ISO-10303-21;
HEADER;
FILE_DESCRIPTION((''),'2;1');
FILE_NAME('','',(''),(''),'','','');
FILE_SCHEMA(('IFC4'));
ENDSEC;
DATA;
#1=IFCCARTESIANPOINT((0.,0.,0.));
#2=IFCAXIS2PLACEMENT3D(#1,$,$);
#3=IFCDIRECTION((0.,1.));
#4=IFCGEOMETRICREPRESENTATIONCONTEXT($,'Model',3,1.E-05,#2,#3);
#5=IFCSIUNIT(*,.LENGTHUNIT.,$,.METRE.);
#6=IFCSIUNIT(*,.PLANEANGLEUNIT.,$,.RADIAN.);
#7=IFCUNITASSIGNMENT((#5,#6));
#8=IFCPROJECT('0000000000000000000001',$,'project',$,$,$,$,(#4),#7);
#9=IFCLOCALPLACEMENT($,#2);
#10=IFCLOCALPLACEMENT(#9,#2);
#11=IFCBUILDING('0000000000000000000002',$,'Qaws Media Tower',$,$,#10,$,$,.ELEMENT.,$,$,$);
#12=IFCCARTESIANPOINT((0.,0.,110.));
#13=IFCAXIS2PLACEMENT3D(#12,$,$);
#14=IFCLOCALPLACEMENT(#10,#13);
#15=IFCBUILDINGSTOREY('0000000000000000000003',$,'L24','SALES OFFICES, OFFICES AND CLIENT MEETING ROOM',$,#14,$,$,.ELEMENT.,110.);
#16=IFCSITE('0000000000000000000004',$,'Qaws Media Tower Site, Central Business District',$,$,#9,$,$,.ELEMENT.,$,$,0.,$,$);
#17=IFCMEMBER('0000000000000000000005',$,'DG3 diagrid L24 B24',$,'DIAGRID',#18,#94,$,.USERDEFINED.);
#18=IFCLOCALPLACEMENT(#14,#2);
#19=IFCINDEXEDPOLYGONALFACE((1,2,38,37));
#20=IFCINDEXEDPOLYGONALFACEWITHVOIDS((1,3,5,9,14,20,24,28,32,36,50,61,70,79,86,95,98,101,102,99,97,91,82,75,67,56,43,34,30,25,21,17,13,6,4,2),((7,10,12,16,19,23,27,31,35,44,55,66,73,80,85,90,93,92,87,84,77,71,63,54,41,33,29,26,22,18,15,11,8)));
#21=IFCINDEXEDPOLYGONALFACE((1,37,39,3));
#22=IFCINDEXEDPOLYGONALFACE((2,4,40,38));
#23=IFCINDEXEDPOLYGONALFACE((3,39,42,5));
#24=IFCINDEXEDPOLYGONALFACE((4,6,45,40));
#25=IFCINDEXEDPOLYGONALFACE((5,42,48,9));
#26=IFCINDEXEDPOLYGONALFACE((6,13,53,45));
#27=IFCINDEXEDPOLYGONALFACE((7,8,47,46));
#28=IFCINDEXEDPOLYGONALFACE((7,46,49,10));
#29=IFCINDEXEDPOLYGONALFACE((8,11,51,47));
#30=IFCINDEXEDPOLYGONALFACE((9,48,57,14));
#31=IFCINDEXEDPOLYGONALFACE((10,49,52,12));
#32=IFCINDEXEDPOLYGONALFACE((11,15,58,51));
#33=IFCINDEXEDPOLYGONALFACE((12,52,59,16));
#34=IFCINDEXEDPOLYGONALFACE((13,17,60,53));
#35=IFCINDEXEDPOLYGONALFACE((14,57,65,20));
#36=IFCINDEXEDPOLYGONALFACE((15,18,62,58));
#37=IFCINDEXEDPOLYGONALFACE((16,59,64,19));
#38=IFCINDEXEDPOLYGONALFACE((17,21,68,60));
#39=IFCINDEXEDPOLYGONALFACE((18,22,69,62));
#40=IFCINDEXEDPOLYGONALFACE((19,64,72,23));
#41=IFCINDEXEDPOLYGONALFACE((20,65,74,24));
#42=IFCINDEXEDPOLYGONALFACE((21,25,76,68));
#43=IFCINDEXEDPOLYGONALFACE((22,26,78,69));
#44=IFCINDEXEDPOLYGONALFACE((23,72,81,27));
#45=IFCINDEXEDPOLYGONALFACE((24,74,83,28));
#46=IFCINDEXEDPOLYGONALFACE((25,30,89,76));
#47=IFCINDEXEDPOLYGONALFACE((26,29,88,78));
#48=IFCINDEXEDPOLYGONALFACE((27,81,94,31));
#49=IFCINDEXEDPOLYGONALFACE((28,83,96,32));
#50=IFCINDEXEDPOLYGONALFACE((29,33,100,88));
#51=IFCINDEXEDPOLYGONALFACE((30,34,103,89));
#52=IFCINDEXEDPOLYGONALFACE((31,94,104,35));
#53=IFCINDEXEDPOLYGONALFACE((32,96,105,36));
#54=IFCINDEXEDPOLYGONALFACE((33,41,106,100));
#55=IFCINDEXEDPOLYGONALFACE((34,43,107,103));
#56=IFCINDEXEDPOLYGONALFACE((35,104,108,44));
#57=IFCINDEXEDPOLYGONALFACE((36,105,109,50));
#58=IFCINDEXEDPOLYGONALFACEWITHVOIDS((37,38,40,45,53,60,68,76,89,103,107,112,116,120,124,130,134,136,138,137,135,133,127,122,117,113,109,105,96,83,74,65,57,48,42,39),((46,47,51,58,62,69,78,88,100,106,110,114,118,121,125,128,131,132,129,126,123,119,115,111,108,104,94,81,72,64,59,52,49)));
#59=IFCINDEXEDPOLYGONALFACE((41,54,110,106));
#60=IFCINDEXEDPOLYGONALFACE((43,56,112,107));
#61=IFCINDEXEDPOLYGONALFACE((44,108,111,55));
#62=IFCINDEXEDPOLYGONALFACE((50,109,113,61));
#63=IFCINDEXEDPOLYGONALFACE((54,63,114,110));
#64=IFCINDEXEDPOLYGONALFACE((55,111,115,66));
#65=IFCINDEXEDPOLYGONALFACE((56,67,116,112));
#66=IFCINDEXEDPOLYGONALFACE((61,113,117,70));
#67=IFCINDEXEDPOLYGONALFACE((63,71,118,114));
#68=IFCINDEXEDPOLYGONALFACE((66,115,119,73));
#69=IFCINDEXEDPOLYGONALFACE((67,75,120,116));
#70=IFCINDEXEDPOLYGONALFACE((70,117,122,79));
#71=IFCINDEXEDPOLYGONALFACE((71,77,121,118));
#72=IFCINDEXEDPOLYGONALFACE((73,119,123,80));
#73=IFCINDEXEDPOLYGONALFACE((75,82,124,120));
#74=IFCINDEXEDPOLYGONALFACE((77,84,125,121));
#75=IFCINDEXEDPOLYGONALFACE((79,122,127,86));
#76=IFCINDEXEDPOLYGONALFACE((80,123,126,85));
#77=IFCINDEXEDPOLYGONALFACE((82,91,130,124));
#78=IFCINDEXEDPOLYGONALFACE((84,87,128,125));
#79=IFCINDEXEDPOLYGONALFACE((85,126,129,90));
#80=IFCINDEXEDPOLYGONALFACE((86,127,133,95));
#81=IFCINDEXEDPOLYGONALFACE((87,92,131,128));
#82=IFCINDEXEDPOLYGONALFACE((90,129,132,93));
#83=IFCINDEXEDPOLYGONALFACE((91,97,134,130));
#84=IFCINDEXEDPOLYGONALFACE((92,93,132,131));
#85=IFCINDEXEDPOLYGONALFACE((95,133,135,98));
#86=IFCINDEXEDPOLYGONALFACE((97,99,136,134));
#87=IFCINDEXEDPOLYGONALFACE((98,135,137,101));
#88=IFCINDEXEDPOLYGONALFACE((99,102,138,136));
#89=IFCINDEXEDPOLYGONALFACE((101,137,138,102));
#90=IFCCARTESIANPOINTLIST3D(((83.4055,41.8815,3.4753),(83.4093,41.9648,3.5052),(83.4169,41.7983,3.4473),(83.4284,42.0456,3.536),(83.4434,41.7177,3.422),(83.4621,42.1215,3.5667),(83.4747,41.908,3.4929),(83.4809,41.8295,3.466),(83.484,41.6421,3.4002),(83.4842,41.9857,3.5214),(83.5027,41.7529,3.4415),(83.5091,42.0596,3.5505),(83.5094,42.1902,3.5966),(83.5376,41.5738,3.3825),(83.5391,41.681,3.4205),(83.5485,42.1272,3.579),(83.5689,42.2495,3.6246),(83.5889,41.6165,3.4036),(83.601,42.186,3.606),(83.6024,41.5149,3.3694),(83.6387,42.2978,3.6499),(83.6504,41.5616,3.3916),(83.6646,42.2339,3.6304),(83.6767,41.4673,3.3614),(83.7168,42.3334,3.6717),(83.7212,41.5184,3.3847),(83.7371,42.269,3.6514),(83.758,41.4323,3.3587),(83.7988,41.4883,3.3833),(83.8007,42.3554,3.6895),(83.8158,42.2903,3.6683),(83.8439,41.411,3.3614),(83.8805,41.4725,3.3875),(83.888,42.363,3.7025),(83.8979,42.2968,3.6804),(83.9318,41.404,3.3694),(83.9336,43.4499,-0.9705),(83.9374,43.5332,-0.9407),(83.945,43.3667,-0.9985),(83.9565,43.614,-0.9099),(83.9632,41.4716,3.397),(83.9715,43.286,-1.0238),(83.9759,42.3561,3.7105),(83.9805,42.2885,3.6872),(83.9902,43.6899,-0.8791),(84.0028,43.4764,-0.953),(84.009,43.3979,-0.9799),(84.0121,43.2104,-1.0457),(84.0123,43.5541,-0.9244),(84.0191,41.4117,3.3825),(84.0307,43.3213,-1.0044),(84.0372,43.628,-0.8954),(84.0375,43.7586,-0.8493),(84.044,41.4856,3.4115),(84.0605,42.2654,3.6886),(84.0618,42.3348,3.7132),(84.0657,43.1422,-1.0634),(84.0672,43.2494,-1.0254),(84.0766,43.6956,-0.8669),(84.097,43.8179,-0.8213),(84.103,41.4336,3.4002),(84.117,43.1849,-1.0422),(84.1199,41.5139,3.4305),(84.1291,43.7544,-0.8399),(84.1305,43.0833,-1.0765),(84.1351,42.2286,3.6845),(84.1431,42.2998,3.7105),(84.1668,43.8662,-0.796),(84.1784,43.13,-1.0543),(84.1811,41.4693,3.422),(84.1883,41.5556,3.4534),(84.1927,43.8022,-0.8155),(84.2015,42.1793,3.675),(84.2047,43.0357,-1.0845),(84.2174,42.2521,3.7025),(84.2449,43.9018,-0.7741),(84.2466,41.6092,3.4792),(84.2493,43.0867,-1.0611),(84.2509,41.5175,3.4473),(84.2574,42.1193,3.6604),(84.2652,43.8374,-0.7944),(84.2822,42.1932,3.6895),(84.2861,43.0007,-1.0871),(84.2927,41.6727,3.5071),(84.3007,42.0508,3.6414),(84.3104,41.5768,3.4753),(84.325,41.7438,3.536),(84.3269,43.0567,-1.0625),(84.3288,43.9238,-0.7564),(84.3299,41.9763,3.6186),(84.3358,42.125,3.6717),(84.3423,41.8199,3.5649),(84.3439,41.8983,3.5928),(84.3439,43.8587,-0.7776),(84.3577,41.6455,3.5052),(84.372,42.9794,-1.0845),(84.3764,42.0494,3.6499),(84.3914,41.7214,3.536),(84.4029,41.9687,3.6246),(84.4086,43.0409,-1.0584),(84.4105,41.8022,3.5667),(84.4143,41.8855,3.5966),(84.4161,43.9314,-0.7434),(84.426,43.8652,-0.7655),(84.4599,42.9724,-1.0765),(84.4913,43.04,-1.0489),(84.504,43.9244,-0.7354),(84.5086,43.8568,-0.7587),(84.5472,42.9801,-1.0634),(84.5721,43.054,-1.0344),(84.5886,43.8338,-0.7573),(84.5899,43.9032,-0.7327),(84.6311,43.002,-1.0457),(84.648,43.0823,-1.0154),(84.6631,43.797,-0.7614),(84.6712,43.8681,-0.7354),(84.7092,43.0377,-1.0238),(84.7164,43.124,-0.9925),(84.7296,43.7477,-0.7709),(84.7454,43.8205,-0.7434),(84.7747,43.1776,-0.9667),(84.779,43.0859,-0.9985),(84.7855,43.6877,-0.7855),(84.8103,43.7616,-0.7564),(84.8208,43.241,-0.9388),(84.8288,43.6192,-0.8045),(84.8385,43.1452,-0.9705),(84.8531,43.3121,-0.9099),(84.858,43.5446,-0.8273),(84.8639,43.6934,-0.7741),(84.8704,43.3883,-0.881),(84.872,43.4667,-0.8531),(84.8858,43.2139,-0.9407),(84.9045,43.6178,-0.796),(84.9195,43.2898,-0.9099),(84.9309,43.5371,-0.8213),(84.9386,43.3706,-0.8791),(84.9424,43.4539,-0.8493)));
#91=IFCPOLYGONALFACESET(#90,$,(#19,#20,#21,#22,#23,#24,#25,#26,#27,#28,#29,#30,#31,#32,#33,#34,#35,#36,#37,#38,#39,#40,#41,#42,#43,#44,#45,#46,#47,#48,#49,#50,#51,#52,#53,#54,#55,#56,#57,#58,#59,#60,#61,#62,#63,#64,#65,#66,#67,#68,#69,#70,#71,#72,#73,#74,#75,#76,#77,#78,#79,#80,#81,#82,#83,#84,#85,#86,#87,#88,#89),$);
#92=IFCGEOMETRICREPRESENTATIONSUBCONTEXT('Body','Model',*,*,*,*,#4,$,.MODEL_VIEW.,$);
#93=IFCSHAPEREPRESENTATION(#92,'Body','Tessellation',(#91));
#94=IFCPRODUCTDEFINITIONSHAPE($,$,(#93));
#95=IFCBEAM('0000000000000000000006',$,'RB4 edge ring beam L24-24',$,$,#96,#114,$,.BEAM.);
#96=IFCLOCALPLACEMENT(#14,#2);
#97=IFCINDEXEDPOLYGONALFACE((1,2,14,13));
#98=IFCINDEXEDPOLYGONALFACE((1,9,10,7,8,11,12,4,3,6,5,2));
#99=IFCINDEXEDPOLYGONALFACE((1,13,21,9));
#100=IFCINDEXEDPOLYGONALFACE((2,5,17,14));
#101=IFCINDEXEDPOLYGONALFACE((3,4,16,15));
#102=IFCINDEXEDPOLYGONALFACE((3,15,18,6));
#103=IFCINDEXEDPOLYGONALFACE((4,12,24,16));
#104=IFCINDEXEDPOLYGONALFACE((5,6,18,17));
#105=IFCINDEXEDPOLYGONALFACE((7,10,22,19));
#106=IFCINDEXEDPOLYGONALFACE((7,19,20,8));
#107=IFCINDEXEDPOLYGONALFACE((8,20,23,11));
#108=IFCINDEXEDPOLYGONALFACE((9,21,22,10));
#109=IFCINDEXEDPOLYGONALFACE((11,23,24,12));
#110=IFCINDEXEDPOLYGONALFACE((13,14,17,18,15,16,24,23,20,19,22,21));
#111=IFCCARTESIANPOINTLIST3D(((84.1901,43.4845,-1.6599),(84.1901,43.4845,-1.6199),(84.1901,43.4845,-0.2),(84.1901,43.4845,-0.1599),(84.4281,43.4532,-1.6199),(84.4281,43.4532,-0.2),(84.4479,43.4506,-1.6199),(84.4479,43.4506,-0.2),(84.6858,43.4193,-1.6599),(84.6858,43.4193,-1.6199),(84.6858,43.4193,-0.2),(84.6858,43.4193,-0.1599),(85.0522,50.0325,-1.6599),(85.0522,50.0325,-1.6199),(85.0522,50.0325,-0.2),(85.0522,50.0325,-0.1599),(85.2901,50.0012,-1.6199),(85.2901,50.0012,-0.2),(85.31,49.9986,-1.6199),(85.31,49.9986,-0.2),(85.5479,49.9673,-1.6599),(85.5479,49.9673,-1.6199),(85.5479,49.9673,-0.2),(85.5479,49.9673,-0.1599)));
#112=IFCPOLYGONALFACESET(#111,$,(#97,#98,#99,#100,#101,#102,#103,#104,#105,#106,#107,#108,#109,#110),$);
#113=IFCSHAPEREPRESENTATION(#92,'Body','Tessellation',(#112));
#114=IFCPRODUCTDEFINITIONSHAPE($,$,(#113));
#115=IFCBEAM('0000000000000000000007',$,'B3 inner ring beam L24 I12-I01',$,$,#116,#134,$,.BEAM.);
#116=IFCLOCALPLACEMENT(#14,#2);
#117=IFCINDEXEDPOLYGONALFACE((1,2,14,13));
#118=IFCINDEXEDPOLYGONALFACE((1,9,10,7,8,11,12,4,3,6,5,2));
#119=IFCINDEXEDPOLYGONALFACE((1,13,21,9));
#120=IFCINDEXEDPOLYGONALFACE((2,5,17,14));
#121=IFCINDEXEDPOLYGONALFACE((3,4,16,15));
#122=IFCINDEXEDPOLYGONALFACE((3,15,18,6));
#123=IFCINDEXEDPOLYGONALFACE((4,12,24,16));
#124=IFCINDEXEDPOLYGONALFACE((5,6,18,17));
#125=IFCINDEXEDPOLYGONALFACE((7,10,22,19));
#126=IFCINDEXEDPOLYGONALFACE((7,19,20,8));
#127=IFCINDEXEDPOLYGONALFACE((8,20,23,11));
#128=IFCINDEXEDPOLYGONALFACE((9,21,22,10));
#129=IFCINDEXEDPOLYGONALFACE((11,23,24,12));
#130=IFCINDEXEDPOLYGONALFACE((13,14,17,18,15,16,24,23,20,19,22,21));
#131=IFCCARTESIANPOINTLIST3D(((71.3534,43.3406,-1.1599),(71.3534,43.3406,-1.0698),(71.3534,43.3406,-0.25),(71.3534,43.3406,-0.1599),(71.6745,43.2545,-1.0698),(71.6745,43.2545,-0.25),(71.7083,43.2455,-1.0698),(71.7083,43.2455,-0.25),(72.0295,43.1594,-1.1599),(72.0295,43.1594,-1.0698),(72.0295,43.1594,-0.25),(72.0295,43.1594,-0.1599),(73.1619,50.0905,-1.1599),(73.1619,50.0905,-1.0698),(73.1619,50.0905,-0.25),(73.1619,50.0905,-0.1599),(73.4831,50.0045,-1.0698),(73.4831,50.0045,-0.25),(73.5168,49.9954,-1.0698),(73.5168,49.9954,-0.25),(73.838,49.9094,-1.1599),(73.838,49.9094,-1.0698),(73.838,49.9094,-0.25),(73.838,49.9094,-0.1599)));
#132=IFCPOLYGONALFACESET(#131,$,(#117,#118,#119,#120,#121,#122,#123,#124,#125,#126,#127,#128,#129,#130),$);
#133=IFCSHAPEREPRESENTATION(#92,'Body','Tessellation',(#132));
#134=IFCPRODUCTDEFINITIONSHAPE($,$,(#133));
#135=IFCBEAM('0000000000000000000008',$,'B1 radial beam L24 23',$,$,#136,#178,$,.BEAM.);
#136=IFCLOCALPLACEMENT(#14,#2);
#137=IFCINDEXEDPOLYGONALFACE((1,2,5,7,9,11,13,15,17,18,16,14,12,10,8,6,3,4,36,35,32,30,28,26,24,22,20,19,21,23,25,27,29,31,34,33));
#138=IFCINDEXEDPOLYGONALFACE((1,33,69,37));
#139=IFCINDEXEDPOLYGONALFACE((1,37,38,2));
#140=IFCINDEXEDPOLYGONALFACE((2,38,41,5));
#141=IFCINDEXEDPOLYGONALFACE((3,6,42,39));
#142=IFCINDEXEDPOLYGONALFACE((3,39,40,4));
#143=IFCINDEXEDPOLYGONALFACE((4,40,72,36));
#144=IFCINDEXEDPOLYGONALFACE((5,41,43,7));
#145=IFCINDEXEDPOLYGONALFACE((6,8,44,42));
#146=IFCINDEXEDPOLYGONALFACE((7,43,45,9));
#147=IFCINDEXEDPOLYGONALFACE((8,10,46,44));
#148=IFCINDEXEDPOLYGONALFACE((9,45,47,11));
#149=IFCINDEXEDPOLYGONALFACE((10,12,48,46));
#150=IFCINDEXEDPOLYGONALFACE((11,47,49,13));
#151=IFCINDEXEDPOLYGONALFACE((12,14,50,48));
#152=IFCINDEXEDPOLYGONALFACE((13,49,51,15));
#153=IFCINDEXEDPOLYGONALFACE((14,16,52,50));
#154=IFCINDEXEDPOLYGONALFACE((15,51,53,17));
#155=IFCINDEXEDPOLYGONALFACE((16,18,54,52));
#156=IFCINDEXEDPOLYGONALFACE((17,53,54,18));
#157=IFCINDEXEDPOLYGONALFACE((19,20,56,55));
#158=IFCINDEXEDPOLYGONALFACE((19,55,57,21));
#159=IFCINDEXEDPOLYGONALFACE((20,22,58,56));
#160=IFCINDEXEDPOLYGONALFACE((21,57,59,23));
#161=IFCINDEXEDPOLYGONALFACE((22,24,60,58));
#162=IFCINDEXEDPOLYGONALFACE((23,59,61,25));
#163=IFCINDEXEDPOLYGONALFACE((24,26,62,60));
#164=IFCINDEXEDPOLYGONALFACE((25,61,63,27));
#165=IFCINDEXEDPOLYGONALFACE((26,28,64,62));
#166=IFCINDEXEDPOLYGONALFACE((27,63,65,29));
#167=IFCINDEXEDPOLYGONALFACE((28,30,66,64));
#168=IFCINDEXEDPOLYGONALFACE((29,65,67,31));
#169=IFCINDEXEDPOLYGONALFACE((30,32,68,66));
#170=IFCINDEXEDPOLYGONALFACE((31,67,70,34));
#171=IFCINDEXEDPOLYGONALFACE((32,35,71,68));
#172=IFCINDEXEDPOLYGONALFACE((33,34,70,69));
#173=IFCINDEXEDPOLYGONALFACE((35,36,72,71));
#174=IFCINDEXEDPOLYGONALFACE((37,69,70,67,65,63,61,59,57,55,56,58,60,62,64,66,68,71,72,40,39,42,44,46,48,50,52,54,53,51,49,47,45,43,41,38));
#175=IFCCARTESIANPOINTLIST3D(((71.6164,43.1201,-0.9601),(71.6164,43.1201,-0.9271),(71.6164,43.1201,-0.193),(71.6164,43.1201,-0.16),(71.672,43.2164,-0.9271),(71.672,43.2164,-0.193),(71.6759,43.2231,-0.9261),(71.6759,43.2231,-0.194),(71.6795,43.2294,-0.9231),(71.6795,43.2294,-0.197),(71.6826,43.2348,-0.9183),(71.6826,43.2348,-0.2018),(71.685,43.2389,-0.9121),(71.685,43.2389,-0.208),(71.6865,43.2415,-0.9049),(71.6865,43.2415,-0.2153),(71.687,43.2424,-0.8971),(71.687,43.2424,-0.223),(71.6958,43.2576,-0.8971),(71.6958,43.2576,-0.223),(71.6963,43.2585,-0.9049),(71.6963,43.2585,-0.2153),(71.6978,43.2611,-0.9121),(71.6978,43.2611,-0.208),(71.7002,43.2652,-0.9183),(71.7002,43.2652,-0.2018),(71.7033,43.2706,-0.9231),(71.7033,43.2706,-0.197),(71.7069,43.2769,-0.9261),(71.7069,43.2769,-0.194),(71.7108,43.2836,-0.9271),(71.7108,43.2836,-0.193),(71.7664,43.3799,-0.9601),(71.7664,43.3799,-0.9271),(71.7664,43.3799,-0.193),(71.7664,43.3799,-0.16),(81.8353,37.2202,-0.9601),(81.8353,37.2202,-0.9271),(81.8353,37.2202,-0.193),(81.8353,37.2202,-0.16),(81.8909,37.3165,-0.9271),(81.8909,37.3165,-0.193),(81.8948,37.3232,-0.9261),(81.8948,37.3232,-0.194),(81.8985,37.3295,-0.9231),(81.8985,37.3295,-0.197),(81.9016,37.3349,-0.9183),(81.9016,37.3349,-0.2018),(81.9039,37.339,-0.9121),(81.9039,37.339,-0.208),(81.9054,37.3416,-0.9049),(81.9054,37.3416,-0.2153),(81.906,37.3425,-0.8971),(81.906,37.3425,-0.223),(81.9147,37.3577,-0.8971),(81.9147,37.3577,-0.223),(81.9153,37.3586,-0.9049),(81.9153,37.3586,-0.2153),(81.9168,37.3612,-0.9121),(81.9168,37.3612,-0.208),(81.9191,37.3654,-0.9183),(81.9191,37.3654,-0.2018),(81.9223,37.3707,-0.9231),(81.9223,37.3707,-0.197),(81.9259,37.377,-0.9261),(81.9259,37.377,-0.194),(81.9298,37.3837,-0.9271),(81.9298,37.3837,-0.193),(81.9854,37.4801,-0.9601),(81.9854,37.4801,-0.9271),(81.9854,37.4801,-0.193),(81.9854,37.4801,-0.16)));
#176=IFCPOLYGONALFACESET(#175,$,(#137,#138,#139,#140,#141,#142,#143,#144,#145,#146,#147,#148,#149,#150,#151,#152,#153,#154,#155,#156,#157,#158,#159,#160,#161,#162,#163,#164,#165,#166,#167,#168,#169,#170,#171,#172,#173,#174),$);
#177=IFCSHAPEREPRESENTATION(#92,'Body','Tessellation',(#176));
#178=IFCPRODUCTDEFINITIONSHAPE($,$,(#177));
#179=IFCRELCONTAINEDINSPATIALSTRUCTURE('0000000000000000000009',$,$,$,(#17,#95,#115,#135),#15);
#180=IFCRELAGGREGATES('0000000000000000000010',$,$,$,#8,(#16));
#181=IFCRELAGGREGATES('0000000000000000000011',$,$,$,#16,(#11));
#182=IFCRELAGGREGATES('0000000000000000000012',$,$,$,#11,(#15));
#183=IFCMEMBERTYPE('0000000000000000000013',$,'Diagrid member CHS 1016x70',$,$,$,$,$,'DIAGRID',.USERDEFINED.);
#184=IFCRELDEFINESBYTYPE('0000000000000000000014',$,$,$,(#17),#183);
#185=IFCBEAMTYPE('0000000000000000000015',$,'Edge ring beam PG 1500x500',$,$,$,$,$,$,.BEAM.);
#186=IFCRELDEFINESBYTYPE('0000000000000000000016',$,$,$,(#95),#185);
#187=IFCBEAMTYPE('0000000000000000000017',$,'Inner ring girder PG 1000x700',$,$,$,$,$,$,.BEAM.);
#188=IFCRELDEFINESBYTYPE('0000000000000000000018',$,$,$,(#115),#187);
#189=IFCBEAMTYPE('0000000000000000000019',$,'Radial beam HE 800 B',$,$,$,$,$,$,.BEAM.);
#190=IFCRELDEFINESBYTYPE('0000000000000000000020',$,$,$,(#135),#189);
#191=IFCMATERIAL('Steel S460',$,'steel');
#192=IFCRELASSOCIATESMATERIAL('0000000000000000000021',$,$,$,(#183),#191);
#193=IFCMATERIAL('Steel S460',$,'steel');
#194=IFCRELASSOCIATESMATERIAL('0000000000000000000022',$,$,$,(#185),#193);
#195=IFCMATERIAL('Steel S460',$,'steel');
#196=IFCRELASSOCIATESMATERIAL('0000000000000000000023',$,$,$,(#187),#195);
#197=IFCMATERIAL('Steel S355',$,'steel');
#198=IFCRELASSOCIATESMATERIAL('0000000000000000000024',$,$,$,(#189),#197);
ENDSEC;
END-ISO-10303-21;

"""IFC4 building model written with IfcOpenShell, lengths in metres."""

from ifc_helpers import new_model, si_unit, direction, frame, origin, origin_2d, place, context, subcontext, project, spatial, hollow_circle, i_section, extrude, material, material_profile, profile_set, type_object, element, save


model = new_model("IFC4")

# Units and contexts
model_context = context("Model", 3, precision=1e-05, world=origin(), true_north=direction((0.0, 1.0)))
body_context = subcontext(model_context, "Body", "Model", "MODEL_VIEW")
ifc_project = project(units=[si_unit("LENGTHUNIT", "METRE"), si_unit("PLANEANGLEUNIT", "RADIAN")], contexts=[model_context])

# Site, building, storey
site_placement = place(None, origin())
site = spatial("IfcSite", under=ifc_project, at=site_placement, Name="Qaws Media Tower Site, Central Business District", CompositionType="ELEMENT", RefElevation=0.0)
building_placement = place(site_placement, origin())
building = spatial("IfcBuilding", under=site, at=building_placement, Name="Qaws Media Tower", CompositionType="ELEMENT")
storey_placement = place(building_placement, frame((0.0, 0.0, 110.0)))
storey = spatial("IfcBuildingStorey", under=building, at=storey_placement, Name="L24", Description="SALES OFFICES, OFFICES AND CLIENT MEETING ROOM", CompositionType="ELEMENT", Elevation=110.0)

# Member
ifc_material_1 = material(Name="Steel S460", Category="steel")
ifc_material_profile_1 = material_profile(ifc_material_1, hollow_circle(Radius=0.5081, WallThickness=0.0701, at=origin_2d()), Name="CHS 1016x70")
ifc_profile_set_1 = profile_set([ifc_material_profile_1], Name="Steel S460")
member_type_1 = type_object("IfcMemberType", Name="Diagrid member CHS 1016x70", ElementType="DIAGRID", PredefinedType="USERDEFINED", material=ifc_profile_set_1)
member_1_placement = place(storey_placement, frame((84.438, 43.4519, -0.9099), z_axis=(-0.111319, -0.330612, 0.937179), x_axis=(0.94772, -0.319103, 0.0)))
element("IfcMember", 1, at=member_1_placement, inside=storey, type_object=member_type_1, Name="DG3 diagrid L24 B24", ObjectType="DIAGRID", PredefinedType="USERDEFINED", context=body_context, shape_type="SweptSolid", body=[
    extrude(hollow_circle(Radius=0.5081, WallThickness=0.0701, at=origin_2d()), origin(), (0.0, 0.0, 1.0), 4.7439),
])

# Beams
ifc_material_2 = material(Name="Steel S460", Category="steel")
ifc_material_profile_2 = material_profile(ifc_material_2, i_section(OverallWidth=0.5, OverallDepth=1.5, WebThickness=0.02, FlangeThickness=0.04, at=origin_2d()), Name="PG 1500x500")
ifc_profile_set_2 = profile_set([ifc_material_profile_2], Name="Steel S460")
beam_type_1 = type_object("IfcBeamType", Name="Edge ring beam PG 1500x500", PredefinedType="BEAM", material=ifc_profile_set_2)
beam_1_placement = place(storey_placement, frame((84.438, 43.4519, -0.9099), z_axis=(0.130524, 0.991445, 0.0), x_axis=(-0.991445, 0.130524, 0.0)))
element("IfcBeam", 2, at=beam_1_placement, inside=storey, type_object=beam_type_1, Name="RB4 edge ring beam L24-24", PredefinedType="BEAM", context=body_context, shape_type="SweptSolid", body=[
    extrude(i_section(OverallWidth=0.5, OverallDepth=1.5, WebThickness=0.02, FlangeThickness=0.04, at=origin_2d()), origin(), (0.0, 0.0, 1.0), 6.6045),
])
ifc_material_3 = material(Name="Steel S460", Category="steel")
ifc_material_profile_3 = material_profile(ifc_material_3, i_section(OverallWidth=0.7, OverallDepth=1.0, WebThickness=0.0349, FlangeThickness=0.0901, at=origin_2d()), Name="PG 1000x700")
ifc_profile_set_3 = profile_set([ifc_material_profile_3], Name="Steel S460")
beam_type_2 = type_object("IfcBeamType", Name="Inner ring girder PG 1000x700", PredefinedType="BEAM", material=ifc_profile_set_3)
beam_2_placement = place(storey_placement, frame((71.6914, 43.25, -0.6599), z_axis=(0.258811, 0.965928, 0.0), x_axis=(-0.965928, 0.258811, 0.0)))
element("IfcBeam", 3, at=beam_2_placement, inside=storey, type_object=beam_type_2, Name="B3 inner ring beam L24 I12-I01", PredefinedType="BEAM", context=body_context, shape_type="SweptSolid", body=[
    extrude(i_section(OverallWidth=0.7, OverallDepth=1.0, WebThickness=0.0349, FlangeThickness=0.0901, at=origin_2d()), origin(), (0.0, 0.0, 1.0), 6.988),
])
ifc_material_4 = material(Name="Steel S355", Category="steel")
ifc_material_profile_4 = material_profile(ifc_material_4, i_section(OverallWidth=0.3, OverallDepth=0.8, WebThickness=0.0176, FlangeThickness=0.033, FilletRadius=0.03, at=origin_2d()), Name="HE 800 B")
ifc_profile_set_4 = profile_set([ifc_material_profile_4], Name="Steel S355")
beam_type_3 = type_object("IfcBeamType", Name="Radial beam HE 800 B", PredefinedType="BEAM", material=ifc_profile_set_4)
beam_3_placement = place(storey_placement, frame((71.6914, 43.25, -0.5601), z_axis=(0.866027, -0.499998, 0.0), x_axis=(0.499998, 0.866027, 0.0)))
element("IfcBeam", 4, at=beam_3_placement, inside=storey, type_object=beam_type_3, Name="B1 radial beam L24 23", PredefinedType="BEAM", context=body_context, shape_type="SweptSolid", body=[
    extrude(i_section(OverallWidth=0.3, OverallDepth=0.8, WebThickness=0.0176, FlangeThickness=0.033, FilletRadius=0.03, at=origin_2d()), origin(), (0.0, 0.0, 1.0), 11.7998),
])

save(model, "model.ifc")
